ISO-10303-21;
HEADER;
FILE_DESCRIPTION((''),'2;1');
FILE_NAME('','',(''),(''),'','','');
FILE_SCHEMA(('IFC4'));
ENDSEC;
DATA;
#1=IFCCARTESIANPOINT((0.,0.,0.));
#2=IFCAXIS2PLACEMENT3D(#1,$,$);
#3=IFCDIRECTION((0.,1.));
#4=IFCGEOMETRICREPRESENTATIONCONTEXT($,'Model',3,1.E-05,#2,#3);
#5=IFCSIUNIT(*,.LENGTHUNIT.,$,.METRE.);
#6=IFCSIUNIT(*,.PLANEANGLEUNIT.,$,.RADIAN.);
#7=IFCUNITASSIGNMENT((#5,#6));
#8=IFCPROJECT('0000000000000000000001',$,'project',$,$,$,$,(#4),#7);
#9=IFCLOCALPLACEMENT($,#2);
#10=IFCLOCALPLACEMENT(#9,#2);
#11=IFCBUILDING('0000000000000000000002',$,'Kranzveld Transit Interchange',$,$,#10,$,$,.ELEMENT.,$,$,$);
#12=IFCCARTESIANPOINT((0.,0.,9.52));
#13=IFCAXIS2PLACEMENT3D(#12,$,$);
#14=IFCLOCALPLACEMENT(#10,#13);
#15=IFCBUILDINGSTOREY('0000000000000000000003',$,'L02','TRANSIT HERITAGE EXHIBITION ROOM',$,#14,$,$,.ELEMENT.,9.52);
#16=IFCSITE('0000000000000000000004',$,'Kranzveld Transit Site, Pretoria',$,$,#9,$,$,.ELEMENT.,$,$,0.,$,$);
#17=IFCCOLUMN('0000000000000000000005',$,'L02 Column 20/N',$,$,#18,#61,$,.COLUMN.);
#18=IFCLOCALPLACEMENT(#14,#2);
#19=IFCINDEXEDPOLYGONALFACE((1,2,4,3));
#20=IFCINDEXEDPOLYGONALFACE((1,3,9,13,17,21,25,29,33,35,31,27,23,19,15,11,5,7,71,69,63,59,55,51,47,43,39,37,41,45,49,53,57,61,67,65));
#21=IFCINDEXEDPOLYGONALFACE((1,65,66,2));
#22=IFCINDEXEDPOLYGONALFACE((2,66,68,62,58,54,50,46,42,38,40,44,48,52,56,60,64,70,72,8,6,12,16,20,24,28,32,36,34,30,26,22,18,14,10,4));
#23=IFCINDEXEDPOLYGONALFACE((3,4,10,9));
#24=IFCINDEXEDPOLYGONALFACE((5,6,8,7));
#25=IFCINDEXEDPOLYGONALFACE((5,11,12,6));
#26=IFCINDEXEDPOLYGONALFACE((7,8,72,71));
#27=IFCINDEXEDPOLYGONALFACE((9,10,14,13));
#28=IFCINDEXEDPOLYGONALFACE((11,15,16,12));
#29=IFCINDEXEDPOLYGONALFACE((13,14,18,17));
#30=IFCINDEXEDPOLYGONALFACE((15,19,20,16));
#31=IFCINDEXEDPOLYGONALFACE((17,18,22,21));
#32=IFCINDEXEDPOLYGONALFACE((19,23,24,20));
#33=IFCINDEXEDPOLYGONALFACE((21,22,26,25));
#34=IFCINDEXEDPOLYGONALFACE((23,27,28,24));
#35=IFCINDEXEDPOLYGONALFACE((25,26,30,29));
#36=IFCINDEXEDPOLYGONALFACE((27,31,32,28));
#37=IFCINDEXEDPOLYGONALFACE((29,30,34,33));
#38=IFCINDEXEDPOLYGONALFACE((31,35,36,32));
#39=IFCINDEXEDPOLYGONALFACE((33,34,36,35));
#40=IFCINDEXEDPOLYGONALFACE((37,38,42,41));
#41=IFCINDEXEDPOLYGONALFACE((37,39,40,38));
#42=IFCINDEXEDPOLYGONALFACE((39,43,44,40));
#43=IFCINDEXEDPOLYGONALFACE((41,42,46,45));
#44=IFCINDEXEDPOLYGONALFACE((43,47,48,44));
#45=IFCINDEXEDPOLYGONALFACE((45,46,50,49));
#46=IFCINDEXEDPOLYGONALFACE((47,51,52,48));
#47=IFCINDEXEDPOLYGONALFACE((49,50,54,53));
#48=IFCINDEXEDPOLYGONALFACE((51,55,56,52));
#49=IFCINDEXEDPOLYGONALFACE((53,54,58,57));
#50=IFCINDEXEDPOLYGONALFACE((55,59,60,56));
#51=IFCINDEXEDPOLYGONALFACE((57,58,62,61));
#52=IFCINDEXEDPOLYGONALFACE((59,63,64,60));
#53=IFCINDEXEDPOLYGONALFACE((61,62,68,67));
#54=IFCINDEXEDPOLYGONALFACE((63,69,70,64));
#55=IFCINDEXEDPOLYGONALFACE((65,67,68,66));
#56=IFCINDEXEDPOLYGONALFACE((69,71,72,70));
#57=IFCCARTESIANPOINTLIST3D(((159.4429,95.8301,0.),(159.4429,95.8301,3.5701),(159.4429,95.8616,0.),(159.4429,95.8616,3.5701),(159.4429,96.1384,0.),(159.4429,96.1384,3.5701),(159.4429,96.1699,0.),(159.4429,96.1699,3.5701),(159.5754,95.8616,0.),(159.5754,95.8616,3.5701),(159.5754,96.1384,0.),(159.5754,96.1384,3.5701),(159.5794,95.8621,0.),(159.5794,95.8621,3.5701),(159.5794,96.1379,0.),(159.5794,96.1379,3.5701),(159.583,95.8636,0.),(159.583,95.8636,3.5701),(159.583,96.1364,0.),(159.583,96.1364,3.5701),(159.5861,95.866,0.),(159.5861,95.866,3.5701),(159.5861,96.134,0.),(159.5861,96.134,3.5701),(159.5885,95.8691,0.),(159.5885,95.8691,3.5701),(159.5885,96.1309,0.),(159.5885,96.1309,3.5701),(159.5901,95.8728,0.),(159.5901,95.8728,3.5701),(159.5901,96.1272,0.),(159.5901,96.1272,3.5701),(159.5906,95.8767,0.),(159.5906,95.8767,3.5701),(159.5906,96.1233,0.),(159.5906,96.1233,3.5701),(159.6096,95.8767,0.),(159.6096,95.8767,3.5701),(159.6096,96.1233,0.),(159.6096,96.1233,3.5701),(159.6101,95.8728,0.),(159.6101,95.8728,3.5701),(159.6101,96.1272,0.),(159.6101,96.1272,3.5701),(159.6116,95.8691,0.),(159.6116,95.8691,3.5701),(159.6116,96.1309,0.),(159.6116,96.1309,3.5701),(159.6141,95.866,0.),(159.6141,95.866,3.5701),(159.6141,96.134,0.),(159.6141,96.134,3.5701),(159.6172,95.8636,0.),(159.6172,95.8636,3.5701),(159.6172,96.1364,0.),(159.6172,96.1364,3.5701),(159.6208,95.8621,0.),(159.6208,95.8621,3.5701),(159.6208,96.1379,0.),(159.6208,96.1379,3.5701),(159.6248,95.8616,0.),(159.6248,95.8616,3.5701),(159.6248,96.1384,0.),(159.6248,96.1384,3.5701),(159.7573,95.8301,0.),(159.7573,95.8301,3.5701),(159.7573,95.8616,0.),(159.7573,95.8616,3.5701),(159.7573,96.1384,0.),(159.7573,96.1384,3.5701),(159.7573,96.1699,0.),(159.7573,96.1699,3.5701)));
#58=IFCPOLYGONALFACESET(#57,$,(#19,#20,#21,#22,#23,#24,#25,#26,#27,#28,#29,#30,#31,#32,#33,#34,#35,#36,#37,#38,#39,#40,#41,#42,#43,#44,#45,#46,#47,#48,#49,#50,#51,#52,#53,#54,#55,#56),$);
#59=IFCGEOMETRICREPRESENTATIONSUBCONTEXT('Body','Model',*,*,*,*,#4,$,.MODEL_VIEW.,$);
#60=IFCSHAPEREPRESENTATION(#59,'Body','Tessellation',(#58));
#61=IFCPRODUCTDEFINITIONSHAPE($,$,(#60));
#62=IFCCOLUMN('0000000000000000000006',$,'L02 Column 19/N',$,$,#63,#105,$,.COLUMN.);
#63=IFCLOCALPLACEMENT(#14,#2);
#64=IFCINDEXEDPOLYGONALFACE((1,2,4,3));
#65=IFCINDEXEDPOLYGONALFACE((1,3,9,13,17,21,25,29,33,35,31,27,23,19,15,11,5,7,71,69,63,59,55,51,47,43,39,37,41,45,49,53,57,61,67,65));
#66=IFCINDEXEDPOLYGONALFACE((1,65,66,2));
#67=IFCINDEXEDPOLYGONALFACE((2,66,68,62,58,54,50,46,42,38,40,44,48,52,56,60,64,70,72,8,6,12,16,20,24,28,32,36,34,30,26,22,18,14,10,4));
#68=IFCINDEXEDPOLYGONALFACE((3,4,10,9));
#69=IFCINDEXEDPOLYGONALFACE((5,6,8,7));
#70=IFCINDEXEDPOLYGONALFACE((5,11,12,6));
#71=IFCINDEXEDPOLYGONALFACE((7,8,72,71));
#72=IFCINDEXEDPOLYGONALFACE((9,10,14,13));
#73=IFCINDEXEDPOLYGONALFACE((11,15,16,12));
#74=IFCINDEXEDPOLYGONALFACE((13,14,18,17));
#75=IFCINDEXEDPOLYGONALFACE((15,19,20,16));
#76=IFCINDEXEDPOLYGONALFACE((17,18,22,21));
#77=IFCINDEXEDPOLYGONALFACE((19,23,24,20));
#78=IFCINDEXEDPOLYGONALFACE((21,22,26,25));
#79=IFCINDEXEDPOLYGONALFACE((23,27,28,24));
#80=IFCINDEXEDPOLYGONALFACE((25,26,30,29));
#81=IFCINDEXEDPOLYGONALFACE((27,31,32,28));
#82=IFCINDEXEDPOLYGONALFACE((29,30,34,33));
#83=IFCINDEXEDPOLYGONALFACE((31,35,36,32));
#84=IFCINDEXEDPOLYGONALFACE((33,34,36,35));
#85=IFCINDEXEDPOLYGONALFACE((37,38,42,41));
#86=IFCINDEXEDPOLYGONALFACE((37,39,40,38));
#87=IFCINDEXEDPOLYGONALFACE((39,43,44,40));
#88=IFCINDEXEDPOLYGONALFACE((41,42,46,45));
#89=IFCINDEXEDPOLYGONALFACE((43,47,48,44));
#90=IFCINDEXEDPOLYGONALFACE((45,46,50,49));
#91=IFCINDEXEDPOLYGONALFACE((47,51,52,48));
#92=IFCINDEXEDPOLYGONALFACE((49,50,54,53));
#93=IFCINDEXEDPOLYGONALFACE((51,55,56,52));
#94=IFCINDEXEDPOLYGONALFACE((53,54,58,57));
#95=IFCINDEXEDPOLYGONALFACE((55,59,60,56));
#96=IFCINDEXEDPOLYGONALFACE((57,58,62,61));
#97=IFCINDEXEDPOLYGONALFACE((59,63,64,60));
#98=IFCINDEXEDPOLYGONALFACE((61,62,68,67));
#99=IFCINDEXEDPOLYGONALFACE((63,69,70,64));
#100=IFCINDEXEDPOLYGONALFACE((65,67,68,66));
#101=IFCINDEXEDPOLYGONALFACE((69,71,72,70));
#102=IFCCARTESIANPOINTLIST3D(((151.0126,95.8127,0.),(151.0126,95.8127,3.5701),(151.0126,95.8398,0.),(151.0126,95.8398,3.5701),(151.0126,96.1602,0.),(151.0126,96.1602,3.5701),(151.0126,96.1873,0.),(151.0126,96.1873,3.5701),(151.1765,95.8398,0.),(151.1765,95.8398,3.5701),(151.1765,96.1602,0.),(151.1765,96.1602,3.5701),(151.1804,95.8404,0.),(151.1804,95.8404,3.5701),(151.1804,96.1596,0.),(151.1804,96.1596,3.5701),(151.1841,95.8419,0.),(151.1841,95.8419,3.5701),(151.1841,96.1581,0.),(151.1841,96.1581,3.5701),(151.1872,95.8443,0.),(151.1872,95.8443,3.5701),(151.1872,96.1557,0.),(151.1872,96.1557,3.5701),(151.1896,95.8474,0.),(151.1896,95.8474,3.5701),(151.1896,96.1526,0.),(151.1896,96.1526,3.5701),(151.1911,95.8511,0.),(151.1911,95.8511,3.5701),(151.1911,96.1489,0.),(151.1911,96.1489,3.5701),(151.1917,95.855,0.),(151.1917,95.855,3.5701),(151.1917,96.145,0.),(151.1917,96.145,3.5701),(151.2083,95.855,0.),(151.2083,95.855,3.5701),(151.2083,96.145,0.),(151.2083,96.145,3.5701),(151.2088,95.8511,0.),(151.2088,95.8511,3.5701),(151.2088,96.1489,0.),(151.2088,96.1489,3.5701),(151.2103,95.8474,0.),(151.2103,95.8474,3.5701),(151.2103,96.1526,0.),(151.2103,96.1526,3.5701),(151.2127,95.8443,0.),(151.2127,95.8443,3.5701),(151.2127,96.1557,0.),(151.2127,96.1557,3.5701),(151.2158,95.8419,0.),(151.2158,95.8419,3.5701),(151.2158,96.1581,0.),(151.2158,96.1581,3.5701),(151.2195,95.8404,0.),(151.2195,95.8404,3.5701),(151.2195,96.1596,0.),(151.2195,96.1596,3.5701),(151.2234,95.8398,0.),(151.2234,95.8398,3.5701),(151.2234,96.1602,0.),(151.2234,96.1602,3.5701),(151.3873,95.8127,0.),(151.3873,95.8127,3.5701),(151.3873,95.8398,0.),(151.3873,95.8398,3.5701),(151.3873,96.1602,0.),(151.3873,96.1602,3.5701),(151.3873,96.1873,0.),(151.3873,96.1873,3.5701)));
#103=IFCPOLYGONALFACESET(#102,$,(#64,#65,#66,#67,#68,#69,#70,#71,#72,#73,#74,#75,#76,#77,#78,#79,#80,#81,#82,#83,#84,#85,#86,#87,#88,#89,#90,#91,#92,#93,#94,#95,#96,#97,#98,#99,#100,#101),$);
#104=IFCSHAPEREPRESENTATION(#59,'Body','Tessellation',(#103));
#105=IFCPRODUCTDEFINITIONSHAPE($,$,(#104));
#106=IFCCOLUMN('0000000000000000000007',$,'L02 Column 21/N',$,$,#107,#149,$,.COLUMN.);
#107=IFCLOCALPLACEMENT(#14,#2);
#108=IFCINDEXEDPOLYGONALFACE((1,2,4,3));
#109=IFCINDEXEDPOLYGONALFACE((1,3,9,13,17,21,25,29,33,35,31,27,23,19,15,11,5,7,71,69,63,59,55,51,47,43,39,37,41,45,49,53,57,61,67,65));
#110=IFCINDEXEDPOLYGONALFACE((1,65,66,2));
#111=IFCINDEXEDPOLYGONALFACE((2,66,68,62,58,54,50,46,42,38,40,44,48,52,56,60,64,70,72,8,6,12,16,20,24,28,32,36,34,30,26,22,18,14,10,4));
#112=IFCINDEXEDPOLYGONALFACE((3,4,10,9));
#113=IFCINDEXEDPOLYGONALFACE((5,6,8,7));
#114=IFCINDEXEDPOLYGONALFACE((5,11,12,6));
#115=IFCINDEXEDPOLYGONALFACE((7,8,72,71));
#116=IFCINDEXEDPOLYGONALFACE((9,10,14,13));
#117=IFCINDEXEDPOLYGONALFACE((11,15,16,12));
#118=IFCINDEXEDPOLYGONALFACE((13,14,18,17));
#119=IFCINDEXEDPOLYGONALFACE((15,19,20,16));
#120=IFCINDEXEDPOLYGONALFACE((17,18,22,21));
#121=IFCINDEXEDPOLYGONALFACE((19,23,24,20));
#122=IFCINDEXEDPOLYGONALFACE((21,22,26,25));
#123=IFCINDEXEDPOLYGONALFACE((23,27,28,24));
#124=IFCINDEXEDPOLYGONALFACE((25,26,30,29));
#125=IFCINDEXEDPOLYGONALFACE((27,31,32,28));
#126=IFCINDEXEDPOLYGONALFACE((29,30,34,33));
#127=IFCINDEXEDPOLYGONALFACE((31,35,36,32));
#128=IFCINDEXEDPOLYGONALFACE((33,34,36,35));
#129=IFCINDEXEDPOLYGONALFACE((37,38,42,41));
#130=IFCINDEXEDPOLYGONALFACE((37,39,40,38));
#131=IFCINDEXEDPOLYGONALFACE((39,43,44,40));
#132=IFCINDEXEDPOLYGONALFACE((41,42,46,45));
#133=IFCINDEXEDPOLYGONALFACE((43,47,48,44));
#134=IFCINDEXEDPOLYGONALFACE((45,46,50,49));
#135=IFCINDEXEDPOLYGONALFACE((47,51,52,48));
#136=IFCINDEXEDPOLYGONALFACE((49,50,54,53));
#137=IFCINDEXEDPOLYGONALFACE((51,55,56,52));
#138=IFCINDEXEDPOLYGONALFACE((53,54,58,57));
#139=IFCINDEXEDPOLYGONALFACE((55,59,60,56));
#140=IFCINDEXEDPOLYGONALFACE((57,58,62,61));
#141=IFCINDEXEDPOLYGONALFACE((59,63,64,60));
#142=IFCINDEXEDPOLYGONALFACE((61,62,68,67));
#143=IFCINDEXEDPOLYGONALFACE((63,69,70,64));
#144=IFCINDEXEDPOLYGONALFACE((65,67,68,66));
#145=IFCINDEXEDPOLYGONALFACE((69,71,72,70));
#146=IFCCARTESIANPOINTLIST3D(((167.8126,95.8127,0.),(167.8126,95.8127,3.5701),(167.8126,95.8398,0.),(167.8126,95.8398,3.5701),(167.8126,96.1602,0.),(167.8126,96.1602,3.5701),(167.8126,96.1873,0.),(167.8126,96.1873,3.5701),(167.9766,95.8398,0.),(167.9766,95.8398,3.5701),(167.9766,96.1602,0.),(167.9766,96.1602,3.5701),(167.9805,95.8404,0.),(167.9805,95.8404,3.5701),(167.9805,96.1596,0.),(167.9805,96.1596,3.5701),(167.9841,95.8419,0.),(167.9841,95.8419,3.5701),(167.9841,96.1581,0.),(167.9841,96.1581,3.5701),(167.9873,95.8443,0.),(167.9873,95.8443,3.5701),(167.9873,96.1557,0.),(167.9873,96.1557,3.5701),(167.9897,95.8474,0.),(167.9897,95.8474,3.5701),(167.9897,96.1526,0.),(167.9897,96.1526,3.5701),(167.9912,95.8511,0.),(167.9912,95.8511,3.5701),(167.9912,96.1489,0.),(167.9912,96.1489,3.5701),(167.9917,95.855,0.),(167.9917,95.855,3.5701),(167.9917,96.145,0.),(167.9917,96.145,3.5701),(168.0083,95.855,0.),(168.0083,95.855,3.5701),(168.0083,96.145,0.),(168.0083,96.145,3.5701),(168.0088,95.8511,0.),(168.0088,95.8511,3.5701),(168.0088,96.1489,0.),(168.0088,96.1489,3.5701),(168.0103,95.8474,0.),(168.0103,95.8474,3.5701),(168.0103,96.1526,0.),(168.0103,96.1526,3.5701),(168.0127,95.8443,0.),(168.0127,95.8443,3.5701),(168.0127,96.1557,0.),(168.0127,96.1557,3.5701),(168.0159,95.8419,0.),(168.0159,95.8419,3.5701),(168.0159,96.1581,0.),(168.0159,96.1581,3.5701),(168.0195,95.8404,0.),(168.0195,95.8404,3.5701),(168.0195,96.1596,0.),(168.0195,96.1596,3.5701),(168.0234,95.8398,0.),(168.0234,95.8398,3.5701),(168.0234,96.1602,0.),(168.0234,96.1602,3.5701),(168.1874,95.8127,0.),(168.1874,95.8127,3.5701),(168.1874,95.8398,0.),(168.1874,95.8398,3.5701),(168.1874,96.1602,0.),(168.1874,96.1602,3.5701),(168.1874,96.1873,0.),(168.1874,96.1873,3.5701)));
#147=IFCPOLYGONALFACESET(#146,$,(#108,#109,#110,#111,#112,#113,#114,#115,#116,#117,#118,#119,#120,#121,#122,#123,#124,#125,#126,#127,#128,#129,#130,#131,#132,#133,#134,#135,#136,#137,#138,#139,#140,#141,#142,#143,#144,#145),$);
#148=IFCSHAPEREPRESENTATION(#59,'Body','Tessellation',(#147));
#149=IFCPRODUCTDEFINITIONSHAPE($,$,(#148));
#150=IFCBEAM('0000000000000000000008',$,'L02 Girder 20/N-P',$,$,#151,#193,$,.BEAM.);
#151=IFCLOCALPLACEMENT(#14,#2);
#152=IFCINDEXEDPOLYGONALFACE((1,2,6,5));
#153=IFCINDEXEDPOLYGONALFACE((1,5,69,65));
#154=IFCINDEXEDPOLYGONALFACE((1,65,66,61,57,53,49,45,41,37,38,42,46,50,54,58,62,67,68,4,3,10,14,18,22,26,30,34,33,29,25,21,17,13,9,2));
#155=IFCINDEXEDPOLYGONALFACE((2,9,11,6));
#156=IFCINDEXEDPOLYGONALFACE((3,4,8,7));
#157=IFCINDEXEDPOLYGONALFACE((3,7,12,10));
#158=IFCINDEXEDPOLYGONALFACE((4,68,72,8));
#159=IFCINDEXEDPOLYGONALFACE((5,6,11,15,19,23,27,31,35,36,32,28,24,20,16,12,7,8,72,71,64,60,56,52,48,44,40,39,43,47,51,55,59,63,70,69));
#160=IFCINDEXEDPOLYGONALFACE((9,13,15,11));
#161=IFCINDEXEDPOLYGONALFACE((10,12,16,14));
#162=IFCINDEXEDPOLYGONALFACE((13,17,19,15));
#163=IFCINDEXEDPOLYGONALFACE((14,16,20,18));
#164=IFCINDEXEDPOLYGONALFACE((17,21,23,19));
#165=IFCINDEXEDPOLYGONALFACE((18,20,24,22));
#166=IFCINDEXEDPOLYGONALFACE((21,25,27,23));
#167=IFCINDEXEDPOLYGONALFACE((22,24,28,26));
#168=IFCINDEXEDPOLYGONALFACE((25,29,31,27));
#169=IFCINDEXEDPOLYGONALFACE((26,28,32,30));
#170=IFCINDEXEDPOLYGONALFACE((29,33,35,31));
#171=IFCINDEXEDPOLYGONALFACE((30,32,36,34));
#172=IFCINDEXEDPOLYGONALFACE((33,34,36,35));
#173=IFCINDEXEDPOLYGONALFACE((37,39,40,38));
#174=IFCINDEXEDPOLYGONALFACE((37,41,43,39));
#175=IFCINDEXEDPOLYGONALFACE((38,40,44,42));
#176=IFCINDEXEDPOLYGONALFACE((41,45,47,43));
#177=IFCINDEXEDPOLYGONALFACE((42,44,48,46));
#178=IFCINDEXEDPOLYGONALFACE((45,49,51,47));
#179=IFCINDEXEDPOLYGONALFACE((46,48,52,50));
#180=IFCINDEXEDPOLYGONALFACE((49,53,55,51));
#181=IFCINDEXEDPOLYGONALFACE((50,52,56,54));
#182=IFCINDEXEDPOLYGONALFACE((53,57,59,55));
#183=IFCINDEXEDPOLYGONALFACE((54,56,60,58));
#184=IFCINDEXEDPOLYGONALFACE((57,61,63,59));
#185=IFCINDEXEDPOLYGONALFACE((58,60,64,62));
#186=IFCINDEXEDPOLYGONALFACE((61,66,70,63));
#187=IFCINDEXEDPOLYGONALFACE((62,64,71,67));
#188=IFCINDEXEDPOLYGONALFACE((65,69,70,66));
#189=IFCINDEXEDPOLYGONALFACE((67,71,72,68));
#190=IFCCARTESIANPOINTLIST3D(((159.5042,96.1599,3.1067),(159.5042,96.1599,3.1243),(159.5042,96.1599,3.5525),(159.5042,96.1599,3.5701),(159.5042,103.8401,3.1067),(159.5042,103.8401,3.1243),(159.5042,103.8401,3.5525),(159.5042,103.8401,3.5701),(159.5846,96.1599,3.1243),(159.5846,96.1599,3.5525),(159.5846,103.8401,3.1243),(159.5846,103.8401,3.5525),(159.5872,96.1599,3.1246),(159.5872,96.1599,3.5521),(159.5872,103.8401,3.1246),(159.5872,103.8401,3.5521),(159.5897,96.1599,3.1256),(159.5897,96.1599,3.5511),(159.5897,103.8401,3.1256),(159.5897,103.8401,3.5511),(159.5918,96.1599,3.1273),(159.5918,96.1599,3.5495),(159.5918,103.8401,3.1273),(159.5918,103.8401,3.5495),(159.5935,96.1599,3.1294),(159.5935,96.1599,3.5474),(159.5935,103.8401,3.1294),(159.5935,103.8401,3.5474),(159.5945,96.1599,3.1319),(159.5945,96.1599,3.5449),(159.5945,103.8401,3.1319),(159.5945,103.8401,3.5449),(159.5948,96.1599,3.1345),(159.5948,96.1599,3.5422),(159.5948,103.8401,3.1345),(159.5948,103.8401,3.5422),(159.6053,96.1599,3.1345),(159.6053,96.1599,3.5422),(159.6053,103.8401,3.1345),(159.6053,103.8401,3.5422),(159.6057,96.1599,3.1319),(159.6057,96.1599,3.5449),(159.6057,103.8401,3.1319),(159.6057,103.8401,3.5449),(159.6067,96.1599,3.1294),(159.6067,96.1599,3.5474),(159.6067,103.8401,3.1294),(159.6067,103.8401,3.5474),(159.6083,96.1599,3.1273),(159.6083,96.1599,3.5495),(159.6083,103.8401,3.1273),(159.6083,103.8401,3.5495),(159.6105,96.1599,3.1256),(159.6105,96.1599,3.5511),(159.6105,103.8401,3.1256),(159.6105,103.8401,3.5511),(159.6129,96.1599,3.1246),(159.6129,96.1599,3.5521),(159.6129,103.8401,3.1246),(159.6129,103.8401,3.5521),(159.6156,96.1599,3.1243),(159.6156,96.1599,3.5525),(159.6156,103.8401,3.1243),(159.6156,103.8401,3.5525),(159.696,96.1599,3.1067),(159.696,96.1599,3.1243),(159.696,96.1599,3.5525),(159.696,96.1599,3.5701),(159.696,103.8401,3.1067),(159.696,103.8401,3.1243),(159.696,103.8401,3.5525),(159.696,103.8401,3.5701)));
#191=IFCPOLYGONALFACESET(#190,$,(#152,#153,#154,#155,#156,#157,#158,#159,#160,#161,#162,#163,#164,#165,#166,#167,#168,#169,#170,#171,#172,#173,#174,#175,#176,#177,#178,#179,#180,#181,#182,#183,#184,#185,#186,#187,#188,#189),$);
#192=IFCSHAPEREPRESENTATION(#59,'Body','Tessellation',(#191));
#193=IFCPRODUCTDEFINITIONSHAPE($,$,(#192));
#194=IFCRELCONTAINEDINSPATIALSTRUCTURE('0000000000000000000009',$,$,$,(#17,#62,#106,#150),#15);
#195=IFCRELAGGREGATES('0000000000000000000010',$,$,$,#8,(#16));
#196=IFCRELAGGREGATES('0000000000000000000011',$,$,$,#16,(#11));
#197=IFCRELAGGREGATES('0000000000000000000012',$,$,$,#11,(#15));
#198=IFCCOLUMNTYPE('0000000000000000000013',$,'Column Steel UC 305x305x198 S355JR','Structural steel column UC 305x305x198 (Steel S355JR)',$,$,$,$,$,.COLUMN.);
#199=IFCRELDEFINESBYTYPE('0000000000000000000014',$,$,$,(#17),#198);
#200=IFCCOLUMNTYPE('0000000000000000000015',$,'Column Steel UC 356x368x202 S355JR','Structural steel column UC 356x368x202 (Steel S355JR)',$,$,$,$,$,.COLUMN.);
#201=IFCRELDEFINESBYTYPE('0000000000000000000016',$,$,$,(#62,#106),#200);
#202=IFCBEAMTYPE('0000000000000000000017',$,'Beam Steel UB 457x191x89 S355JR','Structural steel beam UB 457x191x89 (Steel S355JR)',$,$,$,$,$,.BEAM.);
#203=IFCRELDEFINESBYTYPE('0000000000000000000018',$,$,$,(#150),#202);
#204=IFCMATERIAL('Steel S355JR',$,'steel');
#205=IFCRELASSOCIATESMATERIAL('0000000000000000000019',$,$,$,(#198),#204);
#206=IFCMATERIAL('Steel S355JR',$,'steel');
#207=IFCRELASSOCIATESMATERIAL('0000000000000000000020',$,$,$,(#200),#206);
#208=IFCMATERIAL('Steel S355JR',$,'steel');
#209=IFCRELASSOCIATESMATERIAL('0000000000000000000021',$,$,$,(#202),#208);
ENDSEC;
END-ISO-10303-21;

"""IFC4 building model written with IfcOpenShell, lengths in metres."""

from ifc_helpers import new_model, si_unit, direction, frame, origin, origin_2d, place, context, subcontext, project, spatial, i_section, extrude, material, material_profile, profile_set, type_object, element, save


model = new_model("IFC4")

# Units and contexts
model_context = context("Model", 3, precision=1e-05, world=origin(), true_north=direction((0.0, 1.0)))
body_context = subcontext(model_context, "Body", "Model", "MODEL_VIEW")
ifc_project = project(units=[si_unit("LENGTHUNIT", "METRE"), si_unit("PLANEANGLEUNIT", "RADIAN")], contexts=[model_context])

# Site, building, storey
site_placement = place(None, origin())
site = spatial("IfcSite", under=ifc_project, at=site_placement, Name="Kranzveld Transit Site, Pretoria", CompositionType="ELEMENT", RefElevation=0.0)
building_placement = place(site_placement, origin())
building = spatial("IfcBuilding", under=site, at=building_placement, Name="Kranzveld Transit Interchange", CompositionType="ELEMENT")
storey_placement = place(building_placement, frame((0.0, 0.0, 9.52)))
storey = spatial("IfcBuildingStorey", under=building, at=storey_placement, Name="L02", Description="TRANSIT HERITAGE EXHIBITION ROOM", CompositionType="ELEMENT", Elevation=9.52)

# Columns
ifc_material_1 = material(Name="Steel S355JR", Category="steel")
ifc_material_profile_1 = material_profile(ifc_material_1, i_section(OverallWidth=0.3145, OverallDepth=0.3398, WebThickness=0.019, FlangeThickness=0.0315, FilletRadius=0.0151, at=origin_2d()), Name="UC 305x305x198")
ifc_profile_set_1 = profile_set([ifc_material_profile_1], Name="Steel S355JR")
column_type_1 = type_object("IfcColumnType", Name="Column Steel UC 305x305x198 S355JR", Description="Structural steel column UC 305x305x198 (Steel S355JR)", PredefinedType="COLUMN", material=ifc_profile_set_1)
column_placement = place(storey_placement, frame((159.6001, 96.0, 0.0), z_axis=(0.0, 0.0, 1.0), x_axis=(1.0, 0.0, 0.0)))
element("IfcColumn", 1, at=column_placement, inside=storey, type_object=column_type_1, Name="L02 Column 20/N", PredefinedType="COLUMN", context=body_context, shape_type="SweptSolid", body=[
    extrude(i_section(OverallWidth=0.3145, OverallDepth=0.3398, WebThickness=0.019, FlangeThickness=0.0315, FilletRadius=0.0151, at=origin_2d()), origin(), (0.0, 0.0, 1.0), 3.5701),
])
ifc_material_2 = material(Name="Steel S355JR", Category="steel")
ifc_material_profile_2 = material_profile(ifc_material_2, i_section(OverallWidth=0.3748, OverallDepth=0.3745, WebThickness=0.0166, FlangeThickness=0.0271, FilletRadius=0.0151, at=origin_2d()), Name="UC 356x368x202")
ifc_profile_set_2 = profile_set([ifc_material_profile_2], Name="Steel S355JR")
column_type_2 = type_object("IfcColumnType", Name="Column Steel UC 356x368x202 S355JR", Description="Structural steel column UC 356x368x202 (Steel S355JR)", PredefinedType="COLUMN", material=ifc_profile_set_2)
for number, where, z_axis, x_axis, name in (
    (2, (151.2, 96.0, 0.0), (0.0, 0.0, 1.0), (1.0, 0.0, 0.0), "L02 Column 19/N"),
    (3, (168.0, 96.0, 0.0), (0.0, 0.0, 1.0), (1.0, 0.0, 0.0), "L02 Column 21/N"),
):
    element("IfcColumn", number, at=place(storey_placement, frame(where, z_axis=z_axis, x_axis=x_axis)), inside=storey, type_object=column_type_2, Name=name, PredefinedType="COLUMN", context=body_context, shape_type="SweptSolid", body=[
        extrude(i_section(OverallWidth=0.3748, OverallDepth=0.3745, WebThickness=0.0166, FlangeThickness=0.0271, FilletRadius=0.0151, at=origin_2d()), origin(), (0.0, 0.0, 1.0), 3.5701),
    ])

# Beam
ifc_material_3 = material(Name="Steel S355JR", Category="steel")
ifc_material_profile_3 = material_profile(ifc_material_3, i_section(OverallWidth=0.1919, OverallDepth=0.4634, WebThickness=0.0105, FlangeThickness=0.0176, FilletRadius=0.0103, at=origin_2d()), Name="UB 457x191x89")
ifc_profile_set_3 = profile_set([ifc_material_profile_3], Name="Steel S355JR")
beam_type_1 = type_object("IfcBeamType", Name="Beam Steel UB 457x191x89 S355JR", Description="Structural steel beam UB 457x191x89 (Steel S355JR)", PredefinedType="BEAM", material=ifc_profile_set_3)
beam_1_placement = place(storey_placement, frame((159.6001, 96.1599, 3.3384), z_axis=(0.0, 1.0, 0.0), x_axis=(-1.0, 0.0, 0.0)))
element("IfcBeam", 4, at=beam_1_placement, inside=storey, type_object=beam_type_1, Name="L02 Girder 20/N-P", PredefinedType="BEAM", context=body_context, shape_type="SweptSolid", body=[
    extrude(i_section(OverallWidth=0.1919, OverallDepth=0.4634, WebThickness=0.0105, FlangeThickness=0.0176, FilletRadius=0.0103, at=origin_2d()), origin(), (0.0, 0.0, 1.0), 7.6802),
])

save(model, "model.ifc")
